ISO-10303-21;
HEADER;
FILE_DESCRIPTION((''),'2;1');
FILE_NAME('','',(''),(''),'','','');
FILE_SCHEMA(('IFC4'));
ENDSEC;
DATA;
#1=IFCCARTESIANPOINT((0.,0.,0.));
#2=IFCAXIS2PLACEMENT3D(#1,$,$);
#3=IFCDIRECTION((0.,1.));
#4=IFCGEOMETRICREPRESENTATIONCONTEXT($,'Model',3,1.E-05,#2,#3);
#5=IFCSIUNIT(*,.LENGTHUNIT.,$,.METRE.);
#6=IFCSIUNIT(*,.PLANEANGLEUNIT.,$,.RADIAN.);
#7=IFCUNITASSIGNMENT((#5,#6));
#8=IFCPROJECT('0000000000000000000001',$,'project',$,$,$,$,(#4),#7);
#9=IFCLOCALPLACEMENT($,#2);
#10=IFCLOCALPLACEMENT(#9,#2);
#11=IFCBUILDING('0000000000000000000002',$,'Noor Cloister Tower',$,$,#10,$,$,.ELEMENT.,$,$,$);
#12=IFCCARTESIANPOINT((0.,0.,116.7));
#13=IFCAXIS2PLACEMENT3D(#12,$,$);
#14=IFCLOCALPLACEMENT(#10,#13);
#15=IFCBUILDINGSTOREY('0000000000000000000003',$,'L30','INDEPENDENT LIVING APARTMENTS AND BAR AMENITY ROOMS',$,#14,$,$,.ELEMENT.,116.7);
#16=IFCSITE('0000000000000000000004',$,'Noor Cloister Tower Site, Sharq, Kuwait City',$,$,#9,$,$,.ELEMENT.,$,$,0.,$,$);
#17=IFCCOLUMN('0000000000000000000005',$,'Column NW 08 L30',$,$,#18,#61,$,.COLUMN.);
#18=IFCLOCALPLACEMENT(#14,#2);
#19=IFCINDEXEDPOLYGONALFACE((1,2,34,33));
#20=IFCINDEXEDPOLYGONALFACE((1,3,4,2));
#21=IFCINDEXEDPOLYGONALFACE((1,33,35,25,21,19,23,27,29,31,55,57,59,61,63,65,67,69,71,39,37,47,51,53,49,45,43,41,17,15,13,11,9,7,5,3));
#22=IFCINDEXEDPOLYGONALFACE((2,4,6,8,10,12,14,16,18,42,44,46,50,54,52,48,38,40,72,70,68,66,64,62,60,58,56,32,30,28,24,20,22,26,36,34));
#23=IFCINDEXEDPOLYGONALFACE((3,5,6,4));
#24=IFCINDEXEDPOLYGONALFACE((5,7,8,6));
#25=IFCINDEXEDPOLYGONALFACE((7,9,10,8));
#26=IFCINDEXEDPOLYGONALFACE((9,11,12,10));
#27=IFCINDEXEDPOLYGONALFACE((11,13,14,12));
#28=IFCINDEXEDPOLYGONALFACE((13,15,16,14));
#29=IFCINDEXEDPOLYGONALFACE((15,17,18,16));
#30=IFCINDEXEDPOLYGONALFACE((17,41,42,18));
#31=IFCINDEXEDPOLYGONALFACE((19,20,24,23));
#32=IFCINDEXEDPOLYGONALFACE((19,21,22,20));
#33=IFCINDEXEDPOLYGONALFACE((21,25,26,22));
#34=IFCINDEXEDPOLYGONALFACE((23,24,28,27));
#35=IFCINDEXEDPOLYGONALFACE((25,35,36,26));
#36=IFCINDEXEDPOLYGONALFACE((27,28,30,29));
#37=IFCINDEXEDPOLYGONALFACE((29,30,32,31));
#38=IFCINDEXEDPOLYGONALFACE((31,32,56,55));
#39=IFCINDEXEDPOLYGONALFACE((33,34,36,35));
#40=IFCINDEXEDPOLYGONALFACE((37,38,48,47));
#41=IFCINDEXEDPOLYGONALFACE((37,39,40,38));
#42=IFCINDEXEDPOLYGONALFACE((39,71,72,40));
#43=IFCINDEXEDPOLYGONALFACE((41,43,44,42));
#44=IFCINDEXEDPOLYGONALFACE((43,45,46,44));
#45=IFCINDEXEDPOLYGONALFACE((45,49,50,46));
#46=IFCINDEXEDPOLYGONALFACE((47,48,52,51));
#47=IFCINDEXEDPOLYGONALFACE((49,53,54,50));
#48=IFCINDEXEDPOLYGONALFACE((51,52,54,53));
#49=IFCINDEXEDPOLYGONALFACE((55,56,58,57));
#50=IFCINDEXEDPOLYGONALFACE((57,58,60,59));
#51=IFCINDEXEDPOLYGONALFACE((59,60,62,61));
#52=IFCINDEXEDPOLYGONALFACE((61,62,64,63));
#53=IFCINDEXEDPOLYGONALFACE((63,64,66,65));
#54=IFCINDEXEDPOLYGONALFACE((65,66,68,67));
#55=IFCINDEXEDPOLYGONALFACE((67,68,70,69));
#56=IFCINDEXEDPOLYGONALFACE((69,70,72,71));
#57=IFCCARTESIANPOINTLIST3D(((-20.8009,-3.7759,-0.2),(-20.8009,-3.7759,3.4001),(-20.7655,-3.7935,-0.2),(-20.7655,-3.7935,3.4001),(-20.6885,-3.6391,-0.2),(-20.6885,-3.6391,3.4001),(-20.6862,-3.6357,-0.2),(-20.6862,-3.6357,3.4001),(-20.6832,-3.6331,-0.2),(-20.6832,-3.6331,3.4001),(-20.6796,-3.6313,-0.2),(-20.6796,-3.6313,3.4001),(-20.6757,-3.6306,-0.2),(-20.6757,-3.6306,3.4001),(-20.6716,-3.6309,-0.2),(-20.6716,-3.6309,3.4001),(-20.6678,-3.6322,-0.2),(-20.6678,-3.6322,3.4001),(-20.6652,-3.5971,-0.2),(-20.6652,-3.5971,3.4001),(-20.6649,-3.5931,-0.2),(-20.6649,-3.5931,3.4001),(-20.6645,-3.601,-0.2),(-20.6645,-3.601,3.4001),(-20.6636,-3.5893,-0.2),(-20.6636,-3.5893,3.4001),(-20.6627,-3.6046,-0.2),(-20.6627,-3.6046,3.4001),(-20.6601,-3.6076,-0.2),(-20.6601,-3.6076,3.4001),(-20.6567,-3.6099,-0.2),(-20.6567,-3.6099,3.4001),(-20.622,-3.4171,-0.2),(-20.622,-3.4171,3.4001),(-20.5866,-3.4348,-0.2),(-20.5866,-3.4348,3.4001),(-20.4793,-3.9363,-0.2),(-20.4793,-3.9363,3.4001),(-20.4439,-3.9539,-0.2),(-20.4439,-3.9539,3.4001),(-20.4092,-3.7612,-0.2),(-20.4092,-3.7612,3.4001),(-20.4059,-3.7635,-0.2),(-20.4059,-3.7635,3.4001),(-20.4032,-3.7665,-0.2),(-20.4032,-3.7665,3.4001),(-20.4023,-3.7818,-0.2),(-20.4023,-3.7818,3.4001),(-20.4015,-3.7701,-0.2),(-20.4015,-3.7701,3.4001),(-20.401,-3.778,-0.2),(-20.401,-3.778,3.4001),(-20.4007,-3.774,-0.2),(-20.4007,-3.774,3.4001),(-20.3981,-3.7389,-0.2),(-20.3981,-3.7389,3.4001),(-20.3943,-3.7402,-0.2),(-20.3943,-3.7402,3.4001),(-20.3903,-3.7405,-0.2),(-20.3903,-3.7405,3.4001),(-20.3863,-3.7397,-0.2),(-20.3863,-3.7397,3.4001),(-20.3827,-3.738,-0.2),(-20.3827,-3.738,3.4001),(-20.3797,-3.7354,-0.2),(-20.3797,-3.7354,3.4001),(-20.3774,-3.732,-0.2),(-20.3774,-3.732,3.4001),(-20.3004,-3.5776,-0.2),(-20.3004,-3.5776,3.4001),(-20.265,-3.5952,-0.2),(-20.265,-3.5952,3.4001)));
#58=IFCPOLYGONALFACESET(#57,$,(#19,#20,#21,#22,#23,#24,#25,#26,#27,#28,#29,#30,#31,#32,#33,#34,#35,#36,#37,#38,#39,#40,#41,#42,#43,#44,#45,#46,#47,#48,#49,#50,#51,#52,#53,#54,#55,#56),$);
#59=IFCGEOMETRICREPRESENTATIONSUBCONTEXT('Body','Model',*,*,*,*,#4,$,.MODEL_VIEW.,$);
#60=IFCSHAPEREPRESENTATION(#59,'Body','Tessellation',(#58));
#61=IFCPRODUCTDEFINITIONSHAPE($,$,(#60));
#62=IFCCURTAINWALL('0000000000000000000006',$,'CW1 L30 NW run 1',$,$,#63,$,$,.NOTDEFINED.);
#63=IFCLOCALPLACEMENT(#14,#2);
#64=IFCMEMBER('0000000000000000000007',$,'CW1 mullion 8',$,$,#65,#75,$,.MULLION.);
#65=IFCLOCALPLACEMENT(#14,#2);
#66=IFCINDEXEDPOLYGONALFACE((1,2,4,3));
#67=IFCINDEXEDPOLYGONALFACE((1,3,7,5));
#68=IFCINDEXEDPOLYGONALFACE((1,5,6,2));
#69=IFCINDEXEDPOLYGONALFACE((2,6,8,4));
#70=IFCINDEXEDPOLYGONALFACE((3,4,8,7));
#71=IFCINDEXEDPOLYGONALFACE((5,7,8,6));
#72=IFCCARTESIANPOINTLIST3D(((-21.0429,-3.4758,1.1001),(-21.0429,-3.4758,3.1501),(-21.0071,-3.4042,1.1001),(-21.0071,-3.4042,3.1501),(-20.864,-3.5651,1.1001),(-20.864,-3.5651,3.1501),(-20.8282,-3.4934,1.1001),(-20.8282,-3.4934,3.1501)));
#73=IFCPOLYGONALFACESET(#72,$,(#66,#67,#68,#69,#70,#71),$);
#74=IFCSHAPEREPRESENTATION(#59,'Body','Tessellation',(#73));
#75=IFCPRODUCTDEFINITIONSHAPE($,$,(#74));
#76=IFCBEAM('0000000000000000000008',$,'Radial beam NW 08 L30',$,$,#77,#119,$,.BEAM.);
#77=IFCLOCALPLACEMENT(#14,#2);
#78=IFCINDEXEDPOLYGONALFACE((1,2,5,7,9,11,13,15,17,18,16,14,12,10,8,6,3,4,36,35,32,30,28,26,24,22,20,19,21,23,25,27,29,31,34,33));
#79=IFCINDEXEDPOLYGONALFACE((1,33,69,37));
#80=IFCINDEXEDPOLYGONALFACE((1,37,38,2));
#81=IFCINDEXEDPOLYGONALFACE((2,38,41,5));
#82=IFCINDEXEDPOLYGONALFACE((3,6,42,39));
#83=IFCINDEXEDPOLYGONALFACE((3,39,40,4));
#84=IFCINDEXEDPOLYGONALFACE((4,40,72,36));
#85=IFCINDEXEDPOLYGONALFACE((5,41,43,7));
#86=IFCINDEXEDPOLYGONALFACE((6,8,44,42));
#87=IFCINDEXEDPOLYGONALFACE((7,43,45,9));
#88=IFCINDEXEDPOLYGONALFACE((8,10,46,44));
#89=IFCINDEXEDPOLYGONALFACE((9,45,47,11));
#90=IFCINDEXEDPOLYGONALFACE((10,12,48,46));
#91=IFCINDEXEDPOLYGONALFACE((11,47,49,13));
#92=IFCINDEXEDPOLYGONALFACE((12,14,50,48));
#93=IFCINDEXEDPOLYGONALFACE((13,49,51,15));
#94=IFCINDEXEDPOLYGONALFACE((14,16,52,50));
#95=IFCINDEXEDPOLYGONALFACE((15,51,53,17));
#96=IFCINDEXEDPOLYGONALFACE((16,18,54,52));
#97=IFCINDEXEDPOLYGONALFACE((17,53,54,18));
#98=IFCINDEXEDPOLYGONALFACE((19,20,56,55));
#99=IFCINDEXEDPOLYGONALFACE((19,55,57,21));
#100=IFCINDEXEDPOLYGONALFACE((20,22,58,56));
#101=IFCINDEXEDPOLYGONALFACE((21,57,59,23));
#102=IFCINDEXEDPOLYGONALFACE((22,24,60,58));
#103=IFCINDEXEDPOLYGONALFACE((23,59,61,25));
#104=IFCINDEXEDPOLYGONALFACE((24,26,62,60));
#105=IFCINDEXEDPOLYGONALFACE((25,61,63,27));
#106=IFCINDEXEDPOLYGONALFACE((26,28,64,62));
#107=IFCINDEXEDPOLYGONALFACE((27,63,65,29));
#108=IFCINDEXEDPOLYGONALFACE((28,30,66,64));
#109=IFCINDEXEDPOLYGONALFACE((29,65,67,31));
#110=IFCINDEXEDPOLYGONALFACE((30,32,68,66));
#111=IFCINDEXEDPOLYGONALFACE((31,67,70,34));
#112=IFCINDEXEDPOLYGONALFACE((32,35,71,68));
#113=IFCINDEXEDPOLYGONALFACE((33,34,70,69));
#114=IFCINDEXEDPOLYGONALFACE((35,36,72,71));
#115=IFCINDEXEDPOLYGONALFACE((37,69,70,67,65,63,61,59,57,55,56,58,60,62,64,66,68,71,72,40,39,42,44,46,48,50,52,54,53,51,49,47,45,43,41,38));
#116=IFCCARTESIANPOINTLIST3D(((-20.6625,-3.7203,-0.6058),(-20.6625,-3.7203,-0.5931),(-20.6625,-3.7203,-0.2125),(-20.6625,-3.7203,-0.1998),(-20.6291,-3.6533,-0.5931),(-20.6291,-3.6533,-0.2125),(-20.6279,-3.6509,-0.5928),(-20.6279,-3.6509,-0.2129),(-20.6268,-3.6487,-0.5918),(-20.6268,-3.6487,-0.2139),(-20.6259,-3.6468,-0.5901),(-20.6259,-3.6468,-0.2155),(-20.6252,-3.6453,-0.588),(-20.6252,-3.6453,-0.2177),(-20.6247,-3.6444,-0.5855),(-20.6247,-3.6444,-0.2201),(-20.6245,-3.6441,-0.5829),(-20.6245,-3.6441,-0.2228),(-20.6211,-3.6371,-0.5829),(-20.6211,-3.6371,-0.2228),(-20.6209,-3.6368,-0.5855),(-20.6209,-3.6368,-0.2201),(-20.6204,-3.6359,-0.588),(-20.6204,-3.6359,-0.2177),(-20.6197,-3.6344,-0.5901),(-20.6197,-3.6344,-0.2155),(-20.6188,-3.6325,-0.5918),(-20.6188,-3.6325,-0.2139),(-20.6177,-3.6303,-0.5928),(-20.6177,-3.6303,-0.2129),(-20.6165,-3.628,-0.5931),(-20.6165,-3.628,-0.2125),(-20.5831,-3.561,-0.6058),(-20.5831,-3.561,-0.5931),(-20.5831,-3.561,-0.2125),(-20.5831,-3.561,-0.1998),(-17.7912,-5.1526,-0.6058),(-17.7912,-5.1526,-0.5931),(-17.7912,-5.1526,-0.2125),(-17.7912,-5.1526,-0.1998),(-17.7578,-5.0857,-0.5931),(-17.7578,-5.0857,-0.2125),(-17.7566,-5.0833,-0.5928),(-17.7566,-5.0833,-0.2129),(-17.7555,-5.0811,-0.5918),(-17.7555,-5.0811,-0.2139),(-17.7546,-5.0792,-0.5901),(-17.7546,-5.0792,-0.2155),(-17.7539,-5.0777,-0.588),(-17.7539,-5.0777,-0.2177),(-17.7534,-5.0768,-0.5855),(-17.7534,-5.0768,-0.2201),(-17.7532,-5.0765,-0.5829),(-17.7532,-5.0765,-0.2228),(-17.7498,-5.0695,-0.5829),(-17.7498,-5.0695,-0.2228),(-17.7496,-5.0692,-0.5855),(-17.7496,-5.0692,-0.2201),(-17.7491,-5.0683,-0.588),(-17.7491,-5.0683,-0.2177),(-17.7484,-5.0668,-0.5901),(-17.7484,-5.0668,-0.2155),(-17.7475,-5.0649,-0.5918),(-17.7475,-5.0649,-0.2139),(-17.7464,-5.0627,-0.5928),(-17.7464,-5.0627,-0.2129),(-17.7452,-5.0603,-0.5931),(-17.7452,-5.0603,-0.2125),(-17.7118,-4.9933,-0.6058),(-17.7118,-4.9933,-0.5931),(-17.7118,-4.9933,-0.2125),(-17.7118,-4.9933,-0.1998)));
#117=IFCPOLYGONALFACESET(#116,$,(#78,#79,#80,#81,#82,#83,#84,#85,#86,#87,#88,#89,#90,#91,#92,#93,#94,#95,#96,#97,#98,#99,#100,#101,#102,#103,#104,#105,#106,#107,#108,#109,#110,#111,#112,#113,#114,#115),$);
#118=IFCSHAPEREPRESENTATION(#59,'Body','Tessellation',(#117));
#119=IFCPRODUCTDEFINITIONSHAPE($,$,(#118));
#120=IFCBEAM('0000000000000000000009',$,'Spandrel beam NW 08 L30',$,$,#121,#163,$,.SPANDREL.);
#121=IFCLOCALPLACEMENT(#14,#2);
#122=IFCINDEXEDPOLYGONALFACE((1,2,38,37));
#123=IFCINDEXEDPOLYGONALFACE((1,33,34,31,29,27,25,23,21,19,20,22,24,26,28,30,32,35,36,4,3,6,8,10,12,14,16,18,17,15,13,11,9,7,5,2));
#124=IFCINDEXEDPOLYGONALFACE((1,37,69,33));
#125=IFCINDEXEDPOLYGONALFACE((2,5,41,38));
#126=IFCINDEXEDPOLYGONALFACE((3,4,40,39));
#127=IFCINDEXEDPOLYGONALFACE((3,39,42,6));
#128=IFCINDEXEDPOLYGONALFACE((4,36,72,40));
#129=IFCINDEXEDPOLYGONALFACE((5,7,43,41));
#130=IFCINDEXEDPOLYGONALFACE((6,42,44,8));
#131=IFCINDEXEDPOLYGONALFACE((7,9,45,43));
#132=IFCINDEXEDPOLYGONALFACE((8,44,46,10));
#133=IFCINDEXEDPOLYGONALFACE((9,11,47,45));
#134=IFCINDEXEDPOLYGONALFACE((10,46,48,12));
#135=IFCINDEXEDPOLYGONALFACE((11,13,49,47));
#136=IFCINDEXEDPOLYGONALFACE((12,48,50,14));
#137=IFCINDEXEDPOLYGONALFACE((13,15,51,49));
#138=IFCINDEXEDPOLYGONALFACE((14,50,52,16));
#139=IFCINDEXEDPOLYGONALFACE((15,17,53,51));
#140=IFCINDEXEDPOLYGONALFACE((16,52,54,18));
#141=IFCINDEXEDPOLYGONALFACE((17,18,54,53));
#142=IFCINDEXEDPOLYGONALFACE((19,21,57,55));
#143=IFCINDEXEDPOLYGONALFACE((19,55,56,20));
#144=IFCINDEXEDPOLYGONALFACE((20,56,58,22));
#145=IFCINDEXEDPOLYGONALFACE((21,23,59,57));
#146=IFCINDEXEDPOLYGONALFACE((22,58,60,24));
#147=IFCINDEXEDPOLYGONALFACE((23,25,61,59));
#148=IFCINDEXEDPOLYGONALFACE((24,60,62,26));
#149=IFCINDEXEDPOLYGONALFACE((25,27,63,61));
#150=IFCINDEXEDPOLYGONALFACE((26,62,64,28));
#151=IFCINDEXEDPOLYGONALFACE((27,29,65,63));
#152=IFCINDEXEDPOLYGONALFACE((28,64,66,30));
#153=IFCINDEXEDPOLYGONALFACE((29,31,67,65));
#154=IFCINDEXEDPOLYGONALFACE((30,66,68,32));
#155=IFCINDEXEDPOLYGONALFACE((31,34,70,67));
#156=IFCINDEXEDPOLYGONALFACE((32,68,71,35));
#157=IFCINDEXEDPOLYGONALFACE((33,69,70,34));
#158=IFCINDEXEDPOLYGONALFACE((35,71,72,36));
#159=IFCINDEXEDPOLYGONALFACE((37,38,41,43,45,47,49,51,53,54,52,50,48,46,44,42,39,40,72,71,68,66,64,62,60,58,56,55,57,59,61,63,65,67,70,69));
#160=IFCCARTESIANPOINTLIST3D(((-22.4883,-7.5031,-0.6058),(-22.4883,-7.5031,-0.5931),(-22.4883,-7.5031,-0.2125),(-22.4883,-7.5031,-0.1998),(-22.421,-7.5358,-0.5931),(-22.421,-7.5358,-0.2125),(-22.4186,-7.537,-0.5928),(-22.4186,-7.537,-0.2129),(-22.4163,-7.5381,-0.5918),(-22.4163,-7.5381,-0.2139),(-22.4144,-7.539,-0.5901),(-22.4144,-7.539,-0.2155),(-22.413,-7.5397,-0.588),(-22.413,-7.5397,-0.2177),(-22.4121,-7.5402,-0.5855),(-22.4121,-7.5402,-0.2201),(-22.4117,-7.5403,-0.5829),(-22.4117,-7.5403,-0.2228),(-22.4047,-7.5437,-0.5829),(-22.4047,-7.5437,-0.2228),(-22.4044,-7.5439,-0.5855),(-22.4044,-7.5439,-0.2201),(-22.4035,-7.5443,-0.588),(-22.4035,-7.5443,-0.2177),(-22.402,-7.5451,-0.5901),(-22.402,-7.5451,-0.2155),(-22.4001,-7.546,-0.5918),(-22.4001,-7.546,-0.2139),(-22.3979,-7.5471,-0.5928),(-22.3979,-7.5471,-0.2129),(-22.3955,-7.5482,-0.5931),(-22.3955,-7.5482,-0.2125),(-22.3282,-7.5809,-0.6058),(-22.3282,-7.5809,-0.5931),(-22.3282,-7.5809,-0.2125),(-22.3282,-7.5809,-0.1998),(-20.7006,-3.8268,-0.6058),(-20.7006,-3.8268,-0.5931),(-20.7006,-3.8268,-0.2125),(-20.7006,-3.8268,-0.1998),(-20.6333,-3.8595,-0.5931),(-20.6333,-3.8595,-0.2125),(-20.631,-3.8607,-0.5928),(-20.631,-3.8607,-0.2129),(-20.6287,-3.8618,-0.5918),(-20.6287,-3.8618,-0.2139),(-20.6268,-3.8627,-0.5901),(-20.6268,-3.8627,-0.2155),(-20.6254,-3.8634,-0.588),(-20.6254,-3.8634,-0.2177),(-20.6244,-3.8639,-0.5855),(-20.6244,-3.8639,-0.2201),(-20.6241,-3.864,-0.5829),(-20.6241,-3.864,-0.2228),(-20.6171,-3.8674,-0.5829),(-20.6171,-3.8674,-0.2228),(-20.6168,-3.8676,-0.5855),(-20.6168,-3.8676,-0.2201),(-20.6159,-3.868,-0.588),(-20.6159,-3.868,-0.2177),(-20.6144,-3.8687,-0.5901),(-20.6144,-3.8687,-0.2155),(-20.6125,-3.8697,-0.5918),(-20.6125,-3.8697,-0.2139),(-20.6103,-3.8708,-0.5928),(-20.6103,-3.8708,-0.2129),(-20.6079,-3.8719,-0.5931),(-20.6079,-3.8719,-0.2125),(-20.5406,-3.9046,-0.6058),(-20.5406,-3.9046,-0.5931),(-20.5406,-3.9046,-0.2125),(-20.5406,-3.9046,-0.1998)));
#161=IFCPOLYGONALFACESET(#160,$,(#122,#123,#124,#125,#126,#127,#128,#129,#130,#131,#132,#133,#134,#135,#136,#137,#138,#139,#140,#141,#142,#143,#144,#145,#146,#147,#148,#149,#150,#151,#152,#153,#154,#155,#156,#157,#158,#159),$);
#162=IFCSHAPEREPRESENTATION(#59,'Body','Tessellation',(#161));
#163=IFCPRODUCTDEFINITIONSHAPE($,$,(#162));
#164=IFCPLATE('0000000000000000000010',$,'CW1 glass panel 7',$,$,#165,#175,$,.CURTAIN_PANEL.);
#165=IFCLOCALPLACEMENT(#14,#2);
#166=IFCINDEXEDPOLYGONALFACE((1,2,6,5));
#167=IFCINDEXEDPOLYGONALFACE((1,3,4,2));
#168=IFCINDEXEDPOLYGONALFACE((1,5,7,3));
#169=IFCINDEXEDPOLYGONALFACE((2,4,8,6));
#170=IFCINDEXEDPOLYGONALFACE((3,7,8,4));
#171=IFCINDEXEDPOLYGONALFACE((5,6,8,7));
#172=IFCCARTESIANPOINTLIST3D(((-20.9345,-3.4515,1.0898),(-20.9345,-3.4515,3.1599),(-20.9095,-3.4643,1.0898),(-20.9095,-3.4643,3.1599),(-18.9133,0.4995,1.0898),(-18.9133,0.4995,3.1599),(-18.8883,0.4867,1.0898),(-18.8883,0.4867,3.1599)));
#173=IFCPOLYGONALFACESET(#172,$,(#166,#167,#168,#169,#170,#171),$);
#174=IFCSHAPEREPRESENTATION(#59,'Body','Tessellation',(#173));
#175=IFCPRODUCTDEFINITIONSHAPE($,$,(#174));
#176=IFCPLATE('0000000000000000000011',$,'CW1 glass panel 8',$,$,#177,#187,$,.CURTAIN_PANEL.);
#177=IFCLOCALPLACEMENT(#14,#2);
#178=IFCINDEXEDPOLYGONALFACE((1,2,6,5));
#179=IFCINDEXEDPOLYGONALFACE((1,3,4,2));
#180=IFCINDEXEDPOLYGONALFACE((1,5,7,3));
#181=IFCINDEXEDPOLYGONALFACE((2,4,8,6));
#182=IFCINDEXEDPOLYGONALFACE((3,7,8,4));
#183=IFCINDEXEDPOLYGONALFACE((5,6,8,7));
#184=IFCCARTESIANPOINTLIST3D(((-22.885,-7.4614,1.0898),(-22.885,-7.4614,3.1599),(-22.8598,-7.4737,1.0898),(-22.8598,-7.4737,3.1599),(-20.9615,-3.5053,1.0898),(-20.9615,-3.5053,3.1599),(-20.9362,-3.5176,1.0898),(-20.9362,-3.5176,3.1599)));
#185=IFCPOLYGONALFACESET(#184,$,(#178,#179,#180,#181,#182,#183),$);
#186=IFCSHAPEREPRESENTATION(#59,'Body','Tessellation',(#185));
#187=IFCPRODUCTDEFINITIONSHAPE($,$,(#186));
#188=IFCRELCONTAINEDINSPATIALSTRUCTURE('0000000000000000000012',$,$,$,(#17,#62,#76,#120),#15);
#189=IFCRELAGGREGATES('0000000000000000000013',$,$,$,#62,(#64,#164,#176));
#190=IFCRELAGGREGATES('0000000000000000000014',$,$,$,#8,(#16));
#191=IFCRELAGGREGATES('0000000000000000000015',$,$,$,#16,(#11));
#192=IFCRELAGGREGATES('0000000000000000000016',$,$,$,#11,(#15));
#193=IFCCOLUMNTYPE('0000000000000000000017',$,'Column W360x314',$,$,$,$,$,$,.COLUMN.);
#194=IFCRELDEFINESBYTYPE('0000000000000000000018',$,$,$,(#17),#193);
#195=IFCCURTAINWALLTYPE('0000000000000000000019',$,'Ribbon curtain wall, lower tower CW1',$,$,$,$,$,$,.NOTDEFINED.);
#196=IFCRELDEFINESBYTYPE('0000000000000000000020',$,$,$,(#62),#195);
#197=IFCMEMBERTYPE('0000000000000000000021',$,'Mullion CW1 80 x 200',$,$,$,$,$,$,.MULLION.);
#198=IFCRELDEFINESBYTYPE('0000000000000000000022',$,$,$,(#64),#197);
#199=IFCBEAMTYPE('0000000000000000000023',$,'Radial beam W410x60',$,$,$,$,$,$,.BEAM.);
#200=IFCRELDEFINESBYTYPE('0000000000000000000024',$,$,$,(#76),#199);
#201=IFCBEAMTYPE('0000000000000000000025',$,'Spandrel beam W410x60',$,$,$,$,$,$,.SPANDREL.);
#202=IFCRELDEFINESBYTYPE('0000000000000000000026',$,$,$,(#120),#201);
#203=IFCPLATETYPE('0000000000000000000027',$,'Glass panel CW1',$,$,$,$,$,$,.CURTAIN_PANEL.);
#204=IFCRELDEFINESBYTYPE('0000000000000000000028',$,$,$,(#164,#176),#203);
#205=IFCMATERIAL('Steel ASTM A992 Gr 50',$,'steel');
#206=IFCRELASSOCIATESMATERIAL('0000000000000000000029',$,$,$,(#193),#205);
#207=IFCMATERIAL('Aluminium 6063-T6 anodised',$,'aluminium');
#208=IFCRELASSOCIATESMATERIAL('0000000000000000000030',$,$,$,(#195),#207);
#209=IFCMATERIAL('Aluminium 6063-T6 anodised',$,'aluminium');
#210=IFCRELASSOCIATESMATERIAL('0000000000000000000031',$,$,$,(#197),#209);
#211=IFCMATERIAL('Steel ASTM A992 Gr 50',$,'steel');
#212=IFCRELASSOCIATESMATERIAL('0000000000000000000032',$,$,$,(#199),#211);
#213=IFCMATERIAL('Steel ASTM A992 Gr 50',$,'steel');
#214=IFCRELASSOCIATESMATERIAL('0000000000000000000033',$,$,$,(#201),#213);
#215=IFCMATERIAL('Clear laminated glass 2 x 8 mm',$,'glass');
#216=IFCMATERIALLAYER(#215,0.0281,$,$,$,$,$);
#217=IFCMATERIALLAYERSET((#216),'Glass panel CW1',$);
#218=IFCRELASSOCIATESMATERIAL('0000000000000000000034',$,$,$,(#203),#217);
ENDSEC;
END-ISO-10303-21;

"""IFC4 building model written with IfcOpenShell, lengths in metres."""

from ifc_helpers import new_model, si_unit, direction, frame, origin, origin_2d, place, context, subcontext, project, spatial, rectangle, i_section, extrude, material, layer, layer_set, material_profile, profile_set, type_object, element, aggregate, save


model = new_model("IFC4")

# Units and contexts
model_context = context("Model", 3, precision=1e-05, world=origin(), true_north=direction((0.0, 1.0)))
body_context = subcontext(model_context, "Body", "Model", "MODEL_VIEW")
ifc_project = project(units=[si_unit("LENGTHUNIT", "METRE"), si_unit("PLANEANGLEUNIT", "RADIAN")], contexts=[model_context])

# Site, building, storey
site_placement = place(None, origin())
site = spatial("IfcSite", under=ifc_project, at=site_placement, Name="Noor Cloister Tower Site, Sharq, Kuwait City", CompositionType="ELEMENT", RefElevation=0.0)
building_placement = place(site_placement, origin())
building = spatial("IfcBuilding", under=site, at=building_placement, Name="Noor Cloister Tower", CompositionType="ELEMENT")
storey_placement = place(building_placement, frame((0.0, 0.0, 116.7)))
storey = spatial("IfcBuildingStorey", under=building, at=storey_placement, Name="L30", Description="INDEPENDENT LIVING APARTMENTS AND BAR AMENITY ROOMS", CompositionType="ELEMENT", Elevation=116.7)

# Column
ifc_material_1 = material(Name="Steel ASTM A992 Gr 50", Category="steel")
ifc_material_profile_1 = material_profile(ifc_material_1, i_section(OverallWidth=0.4009, OverallDepth=0.3989, WebThickness=0.0249, FlangeThickness=0.0396, FilletRadius=0.0154, at=origin_2d()), Name="W360x314")
ifc_profile_set_1 = profile_set([ifc_material_profile_1], Name="Steel ASTM A992 Gr 50")
column_type = type_object("IfcColumnType", Name="Column W360x314", PredefinedType="COLUMN", material=ifc_profile_set_1)
column_placement = place(storey_placement, frame((-20.533, -3.6855, -0.2), z_axis=(0.0, 0.0, 1.0), x_axis=(-0.446379, -0.894844, 0.0)))
element("IfcColumn", 1, at=column_placement, inside=storey, type_object=column_type, Name="Column NW 08 L30", PredefinedType="COLUMN", context=body_context, shape_type="SweptSolid", body=[
    extrude(i_section(OverallWidth=0.4009, OverallDepth=0.3989, WebThickness=0.0249, FlangeThickness=0.0396, FilletRadius=0.0154, at=origin_2d()), origin(), (0.0, 0.0, 1.0), 3.6001),
])

# Curtain wall, member
ifc_material_2 = material(Name="Aluminium 6063-T6 anodised", Category="aluminium")
curtain_wall_type = type_object("IfcCurtainWallType", Name="Ribbon curtain wall, lower tower CW1", PredefinedType="NOTDEFINED", material=ifc_material_2)
curtain_wall_placement = place(storey_placement, origin())
curtain_wall = element("IfcCurtainWall", 2, at=curtain_wall_placement, inside=storey, type_object=curtain_wall_type, Name="CW1 L30 NW run 1", PredefinedType="NOTDEFINED")
ifc_material_3 = material(Name="Aluminium 6063-T6 anodised", Category="aluminium")
ifc_material_profile_2 = material_profile(ifc_material_3, rectangle(XDim=0.2, YDim=0.0801, at=origin_2d()), Name="200 x 80 mullion")
ifc_profile_set_2 = profile_set([ifc_material_profile_2], Name="Aluminium 6063-T6 anodised")
member_type = type_object("IfcMemberType", Name="Mullion CW1 80 x 200", PredefinedType="MULLION", material=ifc_profile_set_2)
member_placement = place(storey_placement, frame((-20.9355, -3.4846, 1.1001), z_axis=(0.0, 0.0, 1.0), x_axis=(0.894844, -0.446379, 0.0)))
member = element("IfcMember", 3, at=member_placement, type_object=member_type, Name="CW1 mullion 8", PredefinedType="MULLION", context=body_context, shape_type="SweptSolid", body=[
    extrude(rectangle(XDim=0.2, YDim=0.0801, at=origin_2d()), origin(), (0.0, 0.0, 1.0), 2.05),
])

# Beams
ifc_material_4 = material(Name="Steel ASTM A992 Gr 50", Category="steel")
ifc_material_profile_3 = material_profile(ifc_material_4, i_section(OverallWidth=0.178, OverallDepth=0.406, WebThickness=0.0078, FlangeThickness=0.0127, FilletRadius=0.0103, at=origin_2d()), Name="W410x60")
ifc_profile_set_3 = profile_set([ifc_material_profile_3], Name="Steel ASTM A992 Gr 50")
beam_type_1 = type_object("IfcBeamType", Name="Radial beam W410x60", PredefinedType="BEAM", material=ifc_profile_set_3)
beam_1_placement = place(storey_placement, frame((-20.6228, -3.6406, -0.4028), z_axis=(0.894838, -0.446392, 0.0), x_axis=(0.446392, 0.894838, 0.0)))
element("IfcBeam", 4, at=beam_1_placement, inside=storey, type_object=beam_type_1, Name="Radial beam NW 08 L30", PredefinedType="BEAM", context=body_context, shape_type="SweptSolid", body=[
    extrude(i_section(OverallWidth=0.178, OverallDepth=0.406, WebThickness=0.0078, FlangeThickness=0.0127, FilletRadius=0.0103, at=origin_2d()), origin(), (0.0, 0.0, 1.0), 3.2087),
])
ifc_material_5 = material(Name="Steel ASTM A992 Gr 50", Category="steel")
ifc_material_profile_4 = material_profile(ifc_material_5, i_section(OverallWidth=0.178, OverallDepth=0.406, WebThickness=0.0078, FlangeThickness=0.0127, FilletRadius=0.0103, at=origin_2d()), Name="W410x60")
ifc_profile_set_4 = profile_set([ifc_material_profile_4], Name="Steel ASTM A992 Gr 50")
beam_type_2 = type_object("IfcBeamType", Name="Spandrel beam W410x60", PredefinedType="SPANDREL", material=ifc_profile_set_4)
beam_2_placement = place(storey_placement, frame((-20.6206, -3.8657, -0.4028), z_axis=(-0.437296, -0.899318, 0.0), x_axis=(0.899318, -0.437296, 0.0)))
element("IfcBeam", 5, at=beam_2_placement, inside=storey, type_object=beam_type_2, Name="Spandrel beam NW 08 L30", PredefinedType="SPANDREL", context=body_context, shape_type="SweptSolid", body=[
    extrude(i_section(OverallWidth=0.178, OverallDepth=0.406, WebThickness=0.0078, FlangeThickness=0.0127, FilletRadius=0.0103, at=origin_2d()), origin(), (0.0, 0.0, 1.0), 4.0879),
])

# Plates
ifc_material_6 = material(Name="Clear laminated glass 2 x 8 mm", Category="glass")
ifc_layer_1 = layer(ifc_material_6, 0.0281)
ifc_layer_set_1 = layer_set([ifc_layer_1], Name="Glass panel CW1")
plate_type = type_object("IfcPlateType", Name="Glass panel CW1", PredefinedType="CURTAIN_PANEL", material=ifc_layer_set_1)
plate_1_placement = place(storey_placement, frame((-19.9114, -1.4824, 1.0898), z_axis=(0.0, 0.0, 1.0), x_axis=(-0.455436, -0.890269, 0.0)))
plate_1 = element("IfcPlate", 6, at=plate_1_placement, type_object=plate_type, Name="CW1 glass panel 7", PredefinedType="CURTAIN_PANEL", context=body_context, shape_type="SweptSolid", body=[
    extrude(rectangle(XDim=4.438, YDim=0.0281, at=origin_2d()), origin(), (0.0, 0.0, 1.0), 2.0701),
])
plate_2_placement = place(storey_placement, frame((-21.9106, -5.4895, 1.0898), z_axis=(0.0, 0.0, 1.0), x_axis=(-0.437276, -0.899328, 0.0)))
plate_2 = element("IfcPlate", 7, at=plate_2_placement, type_object=plate_type, Name="CW1 glass panel 8", PredefinedType="CURTAIN_PANEL", context=body_context, shape_type="SweptSolid", body=[
    extrude(rectangle(XDim=4.3989, YDim=0.0281, at=origin_2d()), origin(), (0.0, 0.0, 1.0), 2.0701),
])
aggregate(curtain_wall, [member, plate_1, plate_2])

save(model, "model.ifc")
